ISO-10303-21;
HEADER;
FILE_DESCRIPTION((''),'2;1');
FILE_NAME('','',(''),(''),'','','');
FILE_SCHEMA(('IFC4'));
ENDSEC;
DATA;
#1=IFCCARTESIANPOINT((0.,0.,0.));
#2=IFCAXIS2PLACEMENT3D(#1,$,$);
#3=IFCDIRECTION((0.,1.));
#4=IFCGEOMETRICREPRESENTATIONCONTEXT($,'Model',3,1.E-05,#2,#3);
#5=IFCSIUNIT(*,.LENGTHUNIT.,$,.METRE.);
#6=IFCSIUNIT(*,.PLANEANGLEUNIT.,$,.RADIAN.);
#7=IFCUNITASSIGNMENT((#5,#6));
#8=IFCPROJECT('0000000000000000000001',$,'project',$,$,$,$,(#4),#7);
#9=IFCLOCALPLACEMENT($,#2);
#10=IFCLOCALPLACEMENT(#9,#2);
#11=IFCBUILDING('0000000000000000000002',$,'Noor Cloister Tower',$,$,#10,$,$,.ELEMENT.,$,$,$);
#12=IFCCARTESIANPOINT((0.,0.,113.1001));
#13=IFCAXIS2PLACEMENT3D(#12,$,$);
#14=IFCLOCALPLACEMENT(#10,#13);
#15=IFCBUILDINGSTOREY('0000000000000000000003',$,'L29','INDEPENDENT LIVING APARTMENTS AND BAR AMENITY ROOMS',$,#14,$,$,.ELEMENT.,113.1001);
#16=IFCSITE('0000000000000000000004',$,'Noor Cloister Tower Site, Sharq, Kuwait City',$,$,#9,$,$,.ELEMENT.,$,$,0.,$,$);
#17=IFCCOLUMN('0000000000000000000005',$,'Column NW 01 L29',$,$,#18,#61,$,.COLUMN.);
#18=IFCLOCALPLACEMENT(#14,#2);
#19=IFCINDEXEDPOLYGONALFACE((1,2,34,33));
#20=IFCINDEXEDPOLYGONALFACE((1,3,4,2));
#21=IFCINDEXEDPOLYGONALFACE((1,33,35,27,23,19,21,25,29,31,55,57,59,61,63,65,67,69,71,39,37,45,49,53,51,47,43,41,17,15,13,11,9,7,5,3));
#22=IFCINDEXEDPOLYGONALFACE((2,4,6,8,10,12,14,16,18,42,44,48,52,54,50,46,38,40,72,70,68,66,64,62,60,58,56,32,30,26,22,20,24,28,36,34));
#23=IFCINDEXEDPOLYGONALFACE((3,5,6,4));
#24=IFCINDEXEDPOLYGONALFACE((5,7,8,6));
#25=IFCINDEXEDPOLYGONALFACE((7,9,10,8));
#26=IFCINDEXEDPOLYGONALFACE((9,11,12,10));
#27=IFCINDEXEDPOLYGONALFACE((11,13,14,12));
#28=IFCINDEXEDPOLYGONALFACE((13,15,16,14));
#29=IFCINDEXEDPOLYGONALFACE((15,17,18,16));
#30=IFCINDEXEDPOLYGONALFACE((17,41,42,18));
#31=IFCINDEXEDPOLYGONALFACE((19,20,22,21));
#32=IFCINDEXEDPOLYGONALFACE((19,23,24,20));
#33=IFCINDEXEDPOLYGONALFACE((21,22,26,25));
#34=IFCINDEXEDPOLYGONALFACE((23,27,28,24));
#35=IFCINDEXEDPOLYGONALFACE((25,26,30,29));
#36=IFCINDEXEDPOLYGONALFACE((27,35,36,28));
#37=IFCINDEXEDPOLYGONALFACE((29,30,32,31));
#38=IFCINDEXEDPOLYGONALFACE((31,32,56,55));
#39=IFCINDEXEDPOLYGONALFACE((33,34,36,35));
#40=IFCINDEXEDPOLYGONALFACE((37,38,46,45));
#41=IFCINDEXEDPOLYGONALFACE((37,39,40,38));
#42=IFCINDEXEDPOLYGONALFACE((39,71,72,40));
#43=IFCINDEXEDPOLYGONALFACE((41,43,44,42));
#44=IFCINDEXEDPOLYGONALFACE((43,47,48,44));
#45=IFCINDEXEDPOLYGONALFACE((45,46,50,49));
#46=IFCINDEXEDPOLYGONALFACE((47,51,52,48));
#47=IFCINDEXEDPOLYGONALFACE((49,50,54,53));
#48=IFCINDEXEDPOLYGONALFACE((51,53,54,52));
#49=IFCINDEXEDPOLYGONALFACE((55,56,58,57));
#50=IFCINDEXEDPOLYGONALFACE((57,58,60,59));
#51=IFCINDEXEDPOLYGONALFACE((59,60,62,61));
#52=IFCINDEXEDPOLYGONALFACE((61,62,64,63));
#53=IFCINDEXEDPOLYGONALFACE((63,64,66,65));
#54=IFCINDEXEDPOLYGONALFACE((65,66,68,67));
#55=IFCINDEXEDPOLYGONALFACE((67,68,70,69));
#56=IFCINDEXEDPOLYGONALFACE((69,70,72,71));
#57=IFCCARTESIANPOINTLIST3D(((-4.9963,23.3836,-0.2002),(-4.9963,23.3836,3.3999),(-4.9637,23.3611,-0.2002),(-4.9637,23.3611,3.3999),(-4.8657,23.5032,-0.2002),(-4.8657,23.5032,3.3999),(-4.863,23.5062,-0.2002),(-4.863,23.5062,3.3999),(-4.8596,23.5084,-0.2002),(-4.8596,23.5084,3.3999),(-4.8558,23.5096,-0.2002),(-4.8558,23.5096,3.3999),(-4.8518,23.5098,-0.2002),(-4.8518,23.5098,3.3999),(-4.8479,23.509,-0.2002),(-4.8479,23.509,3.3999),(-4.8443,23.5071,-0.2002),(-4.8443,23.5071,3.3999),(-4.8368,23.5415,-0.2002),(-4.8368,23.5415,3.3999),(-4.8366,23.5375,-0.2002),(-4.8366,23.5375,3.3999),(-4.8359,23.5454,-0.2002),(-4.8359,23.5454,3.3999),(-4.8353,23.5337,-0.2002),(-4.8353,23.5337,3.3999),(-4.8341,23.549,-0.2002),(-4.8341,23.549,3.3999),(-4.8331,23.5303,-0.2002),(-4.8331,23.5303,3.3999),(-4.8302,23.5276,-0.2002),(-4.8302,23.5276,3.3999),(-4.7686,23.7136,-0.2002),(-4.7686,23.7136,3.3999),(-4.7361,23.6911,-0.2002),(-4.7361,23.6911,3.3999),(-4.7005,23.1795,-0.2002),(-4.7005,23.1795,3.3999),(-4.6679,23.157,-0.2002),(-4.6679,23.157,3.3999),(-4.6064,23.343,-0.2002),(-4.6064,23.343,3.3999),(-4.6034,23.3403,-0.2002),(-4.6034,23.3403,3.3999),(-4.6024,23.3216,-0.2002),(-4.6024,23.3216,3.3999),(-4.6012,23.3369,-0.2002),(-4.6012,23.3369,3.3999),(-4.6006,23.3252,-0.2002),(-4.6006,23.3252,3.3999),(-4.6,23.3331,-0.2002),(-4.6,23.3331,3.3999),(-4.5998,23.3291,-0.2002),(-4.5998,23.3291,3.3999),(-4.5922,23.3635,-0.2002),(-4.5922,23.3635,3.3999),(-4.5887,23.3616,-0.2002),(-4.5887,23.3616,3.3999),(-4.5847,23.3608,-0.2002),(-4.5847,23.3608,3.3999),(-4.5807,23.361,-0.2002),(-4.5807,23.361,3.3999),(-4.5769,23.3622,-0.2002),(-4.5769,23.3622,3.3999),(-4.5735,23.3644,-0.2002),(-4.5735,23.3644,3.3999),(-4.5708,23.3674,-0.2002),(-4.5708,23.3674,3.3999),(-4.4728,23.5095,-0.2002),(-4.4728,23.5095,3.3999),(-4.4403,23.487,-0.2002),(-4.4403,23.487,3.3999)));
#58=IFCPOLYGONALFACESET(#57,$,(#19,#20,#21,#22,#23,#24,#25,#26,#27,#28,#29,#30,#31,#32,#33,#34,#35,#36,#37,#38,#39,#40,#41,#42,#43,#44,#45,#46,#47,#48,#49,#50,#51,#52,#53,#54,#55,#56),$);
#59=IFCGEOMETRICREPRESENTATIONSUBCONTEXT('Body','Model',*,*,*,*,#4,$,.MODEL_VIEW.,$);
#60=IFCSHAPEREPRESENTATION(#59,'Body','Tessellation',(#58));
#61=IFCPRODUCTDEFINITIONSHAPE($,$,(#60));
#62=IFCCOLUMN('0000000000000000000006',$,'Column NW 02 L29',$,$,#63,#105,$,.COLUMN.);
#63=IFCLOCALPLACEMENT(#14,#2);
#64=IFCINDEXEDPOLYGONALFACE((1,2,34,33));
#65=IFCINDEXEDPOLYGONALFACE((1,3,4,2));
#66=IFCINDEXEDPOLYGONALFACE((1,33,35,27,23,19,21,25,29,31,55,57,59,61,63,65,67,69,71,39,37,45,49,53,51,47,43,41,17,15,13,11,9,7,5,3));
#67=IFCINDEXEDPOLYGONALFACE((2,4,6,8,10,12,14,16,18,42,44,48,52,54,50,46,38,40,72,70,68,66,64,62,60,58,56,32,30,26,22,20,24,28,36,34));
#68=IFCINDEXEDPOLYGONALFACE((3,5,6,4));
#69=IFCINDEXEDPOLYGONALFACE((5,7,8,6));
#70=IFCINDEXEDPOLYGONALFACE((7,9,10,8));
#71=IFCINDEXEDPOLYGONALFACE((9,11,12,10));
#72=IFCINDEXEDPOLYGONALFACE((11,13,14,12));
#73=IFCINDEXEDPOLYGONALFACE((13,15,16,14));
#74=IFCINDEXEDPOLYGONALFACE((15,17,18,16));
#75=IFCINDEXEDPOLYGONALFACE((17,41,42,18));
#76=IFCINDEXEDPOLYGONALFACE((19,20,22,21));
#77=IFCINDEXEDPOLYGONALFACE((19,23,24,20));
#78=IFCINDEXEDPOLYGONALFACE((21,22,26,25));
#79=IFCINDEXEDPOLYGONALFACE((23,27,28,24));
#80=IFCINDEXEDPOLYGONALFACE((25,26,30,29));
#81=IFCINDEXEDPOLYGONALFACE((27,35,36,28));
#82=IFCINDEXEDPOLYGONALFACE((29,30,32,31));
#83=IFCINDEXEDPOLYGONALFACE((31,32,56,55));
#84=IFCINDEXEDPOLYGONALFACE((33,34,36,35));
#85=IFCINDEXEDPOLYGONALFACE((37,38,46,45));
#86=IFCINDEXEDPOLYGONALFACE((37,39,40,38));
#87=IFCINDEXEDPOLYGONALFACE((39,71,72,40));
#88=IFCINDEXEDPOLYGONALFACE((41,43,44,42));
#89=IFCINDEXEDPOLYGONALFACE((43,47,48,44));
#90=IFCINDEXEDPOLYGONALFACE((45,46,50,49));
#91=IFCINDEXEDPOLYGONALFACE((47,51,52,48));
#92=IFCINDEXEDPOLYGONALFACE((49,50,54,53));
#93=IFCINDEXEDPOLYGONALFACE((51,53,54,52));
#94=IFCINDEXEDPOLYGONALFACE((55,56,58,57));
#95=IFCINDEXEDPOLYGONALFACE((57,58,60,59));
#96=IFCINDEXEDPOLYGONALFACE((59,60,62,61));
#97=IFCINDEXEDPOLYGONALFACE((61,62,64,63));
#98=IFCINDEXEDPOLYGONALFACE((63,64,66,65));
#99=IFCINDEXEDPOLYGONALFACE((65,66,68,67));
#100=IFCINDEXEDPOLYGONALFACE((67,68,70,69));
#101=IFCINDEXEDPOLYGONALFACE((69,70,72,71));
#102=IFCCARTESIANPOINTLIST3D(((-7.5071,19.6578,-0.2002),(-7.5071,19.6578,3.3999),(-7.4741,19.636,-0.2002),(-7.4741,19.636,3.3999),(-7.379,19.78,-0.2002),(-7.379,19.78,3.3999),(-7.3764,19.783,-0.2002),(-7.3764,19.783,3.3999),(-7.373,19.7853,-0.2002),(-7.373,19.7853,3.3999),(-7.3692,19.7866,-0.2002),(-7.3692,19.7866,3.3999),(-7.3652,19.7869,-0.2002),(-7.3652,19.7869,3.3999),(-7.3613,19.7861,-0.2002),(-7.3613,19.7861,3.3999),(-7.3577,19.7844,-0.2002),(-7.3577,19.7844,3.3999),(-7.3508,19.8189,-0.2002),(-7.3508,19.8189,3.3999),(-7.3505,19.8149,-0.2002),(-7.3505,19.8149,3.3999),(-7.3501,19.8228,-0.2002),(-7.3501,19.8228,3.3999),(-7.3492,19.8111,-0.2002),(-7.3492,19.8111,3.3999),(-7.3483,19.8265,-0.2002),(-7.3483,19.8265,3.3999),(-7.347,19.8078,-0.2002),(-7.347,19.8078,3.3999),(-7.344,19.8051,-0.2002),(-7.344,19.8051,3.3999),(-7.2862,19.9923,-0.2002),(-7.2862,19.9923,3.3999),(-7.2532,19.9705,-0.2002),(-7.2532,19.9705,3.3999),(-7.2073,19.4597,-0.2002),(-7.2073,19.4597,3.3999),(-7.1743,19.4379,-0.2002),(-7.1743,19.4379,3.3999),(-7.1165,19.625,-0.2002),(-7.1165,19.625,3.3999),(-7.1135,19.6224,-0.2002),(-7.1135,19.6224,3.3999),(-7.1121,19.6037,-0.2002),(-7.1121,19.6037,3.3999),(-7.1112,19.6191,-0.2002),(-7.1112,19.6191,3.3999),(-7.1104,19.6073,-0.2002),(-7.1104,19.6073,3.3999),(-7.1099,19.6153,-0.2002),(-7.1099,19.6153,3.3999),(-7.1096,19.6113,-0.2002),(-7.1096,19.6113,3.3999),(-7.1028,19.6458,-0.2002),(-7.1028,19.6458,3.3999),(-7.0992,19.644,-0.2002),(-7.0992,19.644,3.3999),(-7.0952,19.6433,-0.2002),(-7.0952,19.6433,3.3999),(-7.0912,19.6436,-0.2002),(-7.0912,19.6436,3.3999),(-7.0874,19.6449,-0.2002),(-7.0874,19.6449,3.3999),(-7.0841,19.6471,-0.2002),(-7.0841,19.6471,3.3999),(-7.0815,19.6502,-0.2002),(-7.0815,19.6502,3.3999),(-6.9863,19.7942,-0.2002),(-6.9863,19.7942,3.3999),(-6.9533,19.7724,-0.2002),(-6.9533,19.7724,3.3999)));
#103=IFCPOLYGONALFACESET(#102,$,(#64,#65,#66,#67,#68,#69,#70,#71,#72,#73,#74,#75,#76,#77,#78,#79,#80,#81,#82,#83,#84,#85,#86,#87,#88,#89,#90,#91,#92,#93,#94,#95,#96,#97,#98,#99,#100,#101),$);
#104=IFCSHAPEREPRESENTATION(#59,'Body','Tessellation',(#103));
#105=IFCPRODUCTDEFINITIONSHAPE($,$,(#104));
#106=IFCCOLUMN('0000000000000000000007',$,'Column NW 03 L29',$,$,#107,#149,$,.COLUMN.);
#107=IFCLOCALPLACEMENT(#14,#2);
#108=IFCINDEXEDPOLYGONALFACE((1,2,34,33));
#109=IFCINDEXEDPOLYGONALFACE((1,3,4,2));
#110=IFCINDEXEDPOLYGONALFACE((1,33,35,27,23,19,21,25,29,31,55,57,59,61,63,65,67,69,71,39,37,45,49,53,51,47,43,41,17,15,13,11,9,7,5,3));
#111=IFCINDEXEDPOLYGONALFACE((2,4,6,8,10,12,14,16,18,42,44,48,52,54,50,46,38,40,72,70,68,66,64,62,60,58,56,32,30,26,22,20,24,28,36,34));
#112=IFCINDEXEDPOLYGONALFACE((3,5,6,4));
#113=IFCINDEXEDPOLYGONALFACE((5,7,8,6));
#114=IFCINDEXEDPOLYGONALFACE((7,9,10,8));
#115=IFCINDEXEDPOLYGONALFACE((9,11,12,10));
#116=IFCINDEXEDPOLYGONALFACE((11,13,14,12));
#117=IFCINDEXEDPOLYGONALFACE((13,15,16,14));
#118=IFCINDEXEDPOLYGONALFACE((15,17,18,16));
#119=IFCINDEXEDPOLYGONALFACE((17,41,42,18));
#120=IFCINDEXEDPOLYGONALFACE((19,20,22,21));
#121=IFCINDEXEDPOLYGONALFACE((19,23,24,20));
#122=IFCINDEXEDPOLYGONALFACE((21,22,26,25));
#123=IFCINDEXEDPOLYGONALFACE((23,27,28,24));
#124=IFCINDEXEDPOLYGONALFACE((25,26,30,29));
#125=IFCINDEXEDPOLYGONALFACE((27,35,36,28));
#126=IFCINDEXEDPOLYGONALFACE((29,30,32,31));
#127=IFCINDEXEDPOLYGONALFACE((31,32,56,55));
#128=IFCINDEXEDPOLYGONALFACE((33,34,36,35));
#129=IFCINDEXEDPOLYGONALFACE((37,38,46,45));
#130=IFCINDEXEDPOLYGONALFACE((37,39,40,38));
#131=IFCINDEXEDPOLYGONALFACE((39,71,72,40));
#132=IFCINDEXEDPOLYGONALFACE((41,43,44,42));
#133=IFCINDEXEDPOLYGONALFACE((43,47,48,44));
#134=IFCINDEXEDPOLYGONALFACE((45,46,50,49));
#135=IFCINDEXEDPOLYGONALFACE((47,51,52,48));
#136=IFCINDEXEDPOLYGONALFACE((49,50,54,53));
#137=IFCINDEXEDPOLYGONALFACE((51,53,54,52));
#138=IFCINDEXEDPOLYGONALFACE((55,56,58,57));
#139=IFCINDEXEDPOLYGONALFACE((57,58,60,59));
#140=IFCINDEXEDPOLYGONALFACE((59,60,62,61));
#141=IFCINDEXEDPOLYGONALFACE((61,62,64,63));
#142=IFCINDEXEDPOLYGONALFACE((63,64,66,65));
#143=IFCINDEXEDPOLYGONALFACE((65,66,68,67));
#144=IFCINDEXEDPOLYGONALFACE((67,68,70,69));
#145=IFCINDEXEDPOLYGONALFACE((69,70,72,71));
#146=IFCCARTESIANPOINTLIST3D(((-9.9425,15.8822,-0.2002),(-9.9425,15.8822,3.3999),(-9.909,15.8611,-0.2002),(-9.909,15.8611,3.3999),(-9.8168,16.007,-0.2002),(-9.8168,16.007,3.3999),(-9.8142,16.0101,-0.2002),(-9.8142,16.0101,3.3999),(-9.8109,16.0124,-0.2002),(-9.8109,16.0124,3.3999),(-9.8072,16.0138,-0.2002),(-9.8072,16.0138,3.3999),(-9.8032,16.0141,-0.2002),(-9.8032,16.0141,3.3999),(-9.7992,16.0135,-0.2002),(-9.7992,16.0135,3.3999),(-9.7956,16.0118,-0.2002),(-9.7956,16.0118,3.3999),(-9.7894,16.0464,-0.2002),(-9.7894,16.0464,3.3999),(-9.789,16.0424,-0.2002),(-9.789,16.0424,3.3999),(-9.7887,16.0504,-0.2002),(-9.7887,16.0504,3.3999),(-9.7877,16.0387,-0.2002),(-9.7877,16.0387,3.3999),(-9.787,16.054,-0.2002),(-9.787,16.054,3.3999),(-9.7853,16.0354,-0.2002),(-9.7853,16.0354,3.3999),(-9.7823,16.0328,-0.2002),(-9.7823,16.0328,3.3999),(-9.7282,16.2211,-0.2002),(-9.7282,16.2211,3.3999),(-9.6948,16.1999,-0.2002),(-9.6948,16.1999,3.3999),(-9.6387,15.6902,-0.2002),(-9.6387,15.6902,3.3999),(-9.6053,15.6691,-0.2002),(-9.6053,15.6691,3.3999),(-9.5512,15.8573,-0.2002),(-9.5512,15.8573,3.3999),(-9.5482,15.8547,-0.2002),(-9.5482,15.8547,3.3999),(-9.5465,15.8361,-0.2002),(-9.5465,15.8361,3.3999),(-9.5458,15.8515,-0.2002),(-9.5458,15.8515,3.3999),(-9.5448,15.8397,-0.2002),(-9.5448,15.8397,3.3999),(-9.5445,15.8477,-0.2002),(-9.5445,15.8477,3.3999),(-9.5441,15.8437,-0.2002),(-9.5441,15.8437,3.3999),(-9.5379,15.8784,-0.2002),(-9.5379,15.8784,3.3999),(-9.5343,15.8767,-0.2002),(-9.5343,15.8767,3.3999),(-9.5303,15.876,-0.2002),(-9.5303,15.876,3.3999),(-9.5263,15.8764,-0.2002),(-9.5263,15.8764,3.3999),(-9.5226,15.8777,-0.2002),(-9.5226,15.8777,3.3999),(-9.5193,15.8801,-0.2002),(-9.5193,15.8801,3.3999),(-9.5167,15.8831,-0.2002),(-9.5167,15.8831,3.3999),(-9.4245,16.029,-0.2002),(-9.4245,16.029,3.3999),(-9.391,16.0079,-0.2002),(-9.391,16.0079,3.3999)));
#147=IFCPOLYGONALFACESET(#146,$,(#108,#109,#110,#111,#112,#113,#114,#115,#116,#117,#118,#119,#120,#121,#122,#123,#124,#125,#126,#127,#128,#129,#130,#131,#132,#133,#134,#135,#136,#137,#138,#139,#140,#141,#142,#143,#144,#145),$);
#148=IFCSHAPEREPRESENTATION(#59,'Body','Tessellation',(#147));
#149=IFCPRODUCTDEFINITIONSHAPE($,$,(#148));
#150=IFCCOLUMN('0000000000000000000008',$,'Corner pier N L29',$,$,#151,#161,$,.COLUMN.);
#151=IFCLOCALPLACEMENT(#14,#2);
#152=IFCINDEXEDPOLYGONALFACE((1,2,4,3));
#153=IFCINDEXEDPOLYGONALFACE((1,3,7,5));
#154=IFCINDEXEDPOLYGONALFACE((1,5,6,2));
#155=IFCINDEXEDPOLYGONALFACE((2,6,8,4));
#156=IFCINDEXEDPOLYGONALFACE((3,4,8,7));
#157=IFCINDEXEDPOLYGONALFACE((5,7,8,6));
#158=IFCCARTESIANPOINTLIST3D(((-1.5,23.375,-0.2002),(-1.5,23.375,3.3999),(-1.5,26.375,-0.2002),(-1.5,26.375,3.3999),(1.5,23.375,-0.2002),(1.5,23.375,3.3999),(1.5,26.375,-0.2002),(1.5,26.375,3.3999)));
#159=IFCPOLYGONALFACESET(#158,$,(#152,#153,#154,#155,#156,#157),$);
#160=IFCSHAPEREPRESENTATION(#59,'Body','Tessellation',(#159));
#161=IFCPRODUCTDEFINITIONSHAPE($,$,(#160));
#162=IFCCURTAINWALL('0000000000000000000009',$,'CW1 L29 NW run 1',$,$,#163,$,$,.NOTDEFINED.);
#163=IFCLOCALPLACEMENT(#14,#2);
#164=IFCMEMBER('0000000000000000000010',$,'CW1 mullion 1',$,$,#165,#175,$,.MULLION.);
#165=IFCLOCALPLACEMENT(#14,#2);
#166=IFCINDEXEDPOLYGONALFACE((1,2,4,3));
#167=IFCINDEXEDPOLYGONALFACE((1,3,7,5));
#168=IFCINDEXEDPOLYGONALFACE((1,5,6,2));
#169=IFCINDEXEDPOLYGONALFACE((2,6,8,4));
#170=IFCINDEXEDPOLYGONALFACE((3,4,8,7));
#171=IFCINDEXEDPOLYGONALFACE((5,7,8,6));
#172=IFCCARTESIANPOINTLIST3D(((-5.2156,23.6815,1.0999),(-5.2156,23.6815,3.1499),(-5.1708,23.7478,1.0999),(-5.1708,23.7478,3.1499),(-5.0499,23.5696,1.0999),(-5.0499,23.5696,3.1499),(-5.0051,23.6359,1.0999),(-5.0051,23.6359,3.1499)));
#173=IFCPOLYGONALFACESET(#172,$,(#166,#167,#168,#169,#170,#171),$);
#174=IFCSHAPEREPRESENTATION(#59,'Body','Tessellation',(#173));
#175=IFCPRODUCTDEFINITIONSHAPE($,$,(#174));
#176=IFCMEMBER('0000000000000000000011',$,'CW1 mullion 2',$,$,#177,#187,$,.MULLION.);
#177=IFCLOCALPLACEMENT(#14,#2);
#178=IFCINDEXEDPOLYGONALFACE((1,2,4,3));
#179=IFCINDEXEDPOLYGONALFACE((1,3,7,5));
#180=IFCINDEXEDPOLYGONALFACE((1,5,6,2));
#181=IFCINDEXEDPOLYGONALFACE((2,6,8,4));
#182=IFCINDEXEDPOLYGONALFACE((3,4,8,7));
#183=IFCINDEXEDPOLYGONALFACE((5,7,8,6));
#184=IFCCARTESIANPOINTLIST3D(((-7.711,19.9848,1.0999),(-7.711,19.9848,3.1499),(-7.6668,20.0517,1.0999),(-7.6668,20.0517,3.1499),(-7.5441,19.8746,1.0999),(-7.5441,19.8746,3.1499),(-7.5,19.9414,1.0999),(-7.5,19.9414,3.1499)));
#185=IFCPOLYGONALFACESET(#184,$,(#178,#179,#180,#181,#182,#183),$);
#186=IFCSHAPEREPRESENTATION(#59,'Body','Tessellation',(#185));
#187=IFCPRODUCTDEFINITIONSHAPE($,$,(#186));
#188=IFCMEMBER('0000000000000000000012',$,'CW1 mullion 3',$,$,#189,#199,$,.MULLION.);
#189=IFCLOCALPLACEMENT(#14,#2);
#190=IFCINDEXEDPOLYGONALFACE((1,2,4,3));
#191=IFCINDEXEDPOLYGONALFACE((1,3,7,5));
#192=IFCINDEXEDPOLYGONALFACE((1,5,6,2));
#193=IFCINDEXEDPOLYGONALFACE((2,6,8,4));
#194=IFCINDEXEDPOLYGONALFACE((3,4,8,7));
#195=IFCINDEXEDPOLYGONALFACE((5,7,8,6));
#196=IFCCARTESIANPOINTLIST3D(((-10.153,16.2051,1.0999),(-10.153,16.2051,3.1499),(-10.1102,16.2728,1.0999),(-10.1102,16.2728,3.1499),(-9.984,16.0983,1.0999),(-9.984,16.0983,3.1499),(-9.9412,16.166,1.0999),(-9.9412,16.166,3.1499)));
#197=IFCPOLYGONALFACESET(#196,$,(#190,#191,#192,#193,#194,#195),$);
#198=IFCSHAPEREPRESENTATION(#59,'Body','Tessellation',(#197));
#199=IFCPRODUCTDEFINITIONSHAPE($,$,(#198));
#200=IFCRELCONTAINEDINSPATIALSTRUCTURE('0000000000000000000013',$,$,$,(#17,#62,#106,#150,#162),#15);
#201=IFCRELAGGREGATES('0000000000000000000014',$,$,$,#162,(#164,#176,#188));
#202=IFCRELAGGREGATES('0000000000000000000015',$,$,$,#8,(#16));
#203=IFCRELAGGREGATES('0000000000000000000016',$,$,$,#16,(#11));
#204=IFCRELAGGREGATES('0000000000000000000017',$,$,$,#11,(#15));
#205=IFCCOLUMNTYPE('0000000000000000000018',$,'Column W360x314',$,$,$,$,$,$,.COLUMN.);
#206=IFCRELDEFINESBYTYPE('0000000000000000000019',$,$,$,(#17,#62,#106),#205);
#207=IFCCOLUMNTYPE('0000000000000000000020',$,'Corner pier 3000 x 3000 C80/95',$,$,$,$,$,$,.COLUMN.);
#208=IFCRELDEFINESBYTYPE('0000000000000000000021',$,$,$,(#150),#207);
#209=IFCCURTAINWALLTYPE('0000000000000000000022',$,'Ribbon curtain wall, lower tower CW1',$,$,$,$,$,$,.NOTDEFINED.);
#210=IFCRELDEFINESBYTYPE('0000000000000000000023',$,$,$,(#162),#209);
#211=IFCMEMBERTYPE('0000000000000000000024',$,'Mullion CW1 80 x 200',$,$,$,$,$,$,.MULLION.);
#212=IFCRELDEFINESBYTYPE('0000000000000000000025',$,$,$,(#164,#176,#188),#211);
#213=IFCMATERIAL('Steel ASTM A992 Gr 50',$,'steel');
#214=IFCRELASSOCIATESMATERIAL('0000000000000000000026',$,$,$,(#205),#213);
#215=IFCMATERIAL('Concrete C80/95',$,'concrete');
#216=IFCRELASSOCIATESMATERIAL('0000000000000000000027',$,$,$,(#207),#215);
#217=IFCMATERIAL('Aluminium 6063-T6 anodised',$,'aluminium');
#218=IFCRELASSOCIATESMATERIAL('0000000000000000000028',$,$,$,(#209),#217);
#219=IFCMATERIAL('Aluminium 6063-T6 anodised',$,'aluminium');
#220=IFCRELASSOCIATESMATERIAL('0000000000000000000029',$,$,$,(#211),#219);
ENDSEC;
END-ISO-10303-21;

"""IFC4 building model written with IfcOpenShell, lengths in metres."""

from ifc_helpers import new_model, si_unit, direction, frame, origin, origin_2d, place, context, subcontext, project, spatial, rectangle, i_section, extrude, material, material_profile, profile_set, type_object, element, aggregate, save


model = new_model("IFC4")

# Units and contexts
model_context = context("Model", 3, precision=1e-05, world=origin(), true_north=direction((0.0, 1.0)))
body_context = subcontext(model_context, "Body", "Model", "MODEL_VIEW")
ifc_project = project(units=[si_unit("LENGTHUNIT", "METRE"), si_unit("PLANEANGLEUNIT", "RADIAN")], contexts=[model_context])

# Site, building, storey
site_placement = place(None, origin())
site = spatial("IfcSite", under=ifc_project, at=site_placement, Name="Noor Cloister Tower Site, Sharq, Kuwait City", CompositionType="ELEMENT", RefElevation=0.0)
building_placement = place(site_placement, origin())
building = spatial("IfcBuilding", under=site, at=building_placement, Name="Noor Cloister Tower", CompositionType="ELEMENT")
storey_placement = place(building_placement, frame((0.0, 0.0, 113.1001)))
storey = spatial("IfcBuildingStorey", under=building, at=storey_placement, Name="L29", Description="INDEPENDENT LIVING APARTMENTS AND BAR AMENITY ROOMS", CompositionType="ELEMENT", Elevation=113.1001)

# Columns
ifc_material_1 = material(Name="Steel ASTM A992 Gr 50", Category="steel")
ifc_material_profile_1 = material_profile(ifc_material_1, i_section(OverallWidth=0.4009, OverallDepth=0.3989, WebThickness=0.0249, FlangeThickness=0.0396, FilletRadius=0.0154, at=origin_2d()), Name="W360x314")
ifc_profile_set_1 = profile_set([ifc_material_profile_1], Name="Steel ASTM A992 Gr 50")
column_type_1 = type_object("IfcColumnType", Name="Column W360x314", PredefinedType="COLUMN", material=ifc_profile_set_1)
for number, where, z_axis, x_axis, name in (
    (1, (-4.7183, 23.4353, -0.2002), (0.0, 0.0, 1.0), (-0.567868, -0.823119, 0.0), "Column NW 01 L29"),
    (2, (-7.2302, 19.7151, -0.2002), (0.0, 0.0, 1.0), (-0.551228, -0.834355, 0.0), "Column NW 02 L29"),
    (3, (-9.6667, 15.9451, -0.2002), (0.0, 0.0, 1.0), (-0.534365, -0.845254, 0.0), "Column NW 03 L29"),
):
    element("IfcColumn", number, at=place(storey_placement, frame(where, z_axis=z_axis, x_axis=x_axis)), inside=storey, type_object=column_type_1, Name=name, PredefinedType="COLUMN", context=body_context, shape_type="SweptSolid", body=[
        extrude(i_section(OverallWidth=0.4009, OverallDepth=0.3989, WebThickness=0.0249, FlangeThickness=0.0396, FilletRadius=0.0154, at=origin_2d()), origin(), (0.0, 0.0, 1.0), 3.6001),
    ])
ifc_material_2 = material(Name="Concrete C80/95", Category="concrete")
ifc_material_profile_2 = material_profile(ifc_material_2, rectangle(XDim=3.0, YDim=3.0, at=origin_2d()), Name="RC 3000x3000")
ifc_profile_set_2 = profile_set([ifc_material_profile_2], Name="Concrete C80/95")
column_type_2 = type_object("IfcColumnType", Name="Corner pier 3000 x 3000 C80/95", PredefinedType="COLUMN", material=ifc_profile_set_2)
column_placement = place(storey_placement, frame((0.0, 24.875, -0.2002), z_axis=(0.0, 0.0, 1.0), x_axis=(0.0, 1.0, 0.0)))
element("IfcColumn", 4, at=column_placement, inside=storey, type_object=column_type_2, Name="Corner pier N L29", PredefinedType="COLUMN", context=body_context, shape_type="SweptSolid", body=[
    extrude(rectangle(XDim=3.0, YDim=3.0, at=origin_2d()), origin(), (0.0, 0.0, 1.0), 3.6001),
])

# Curtain wall, members
ifc_material_3 = material(Name="Aluminium 6063-T6 anodised", Category="aluminium")
curtain_wall_type = type_object("IfcCurtainWallType", Name="Ribbon curtain wall, lower tower CW1", PredefinedType="NOTDEFINED", material=ifc_material_3)
curtain_wall_placement = place(storey_placement, origin())
curtain_wall = element("IfcCurtainWall", 5, at=curtain_wall_placement, inside=storey, type_object=curtain_wall_type, Name="CW1 L29 NW run 1", PredefinedType="NOTDEFINED")
ifc_material_4 = material(Name="Aluminium 6063-T6 anodised", Category="aluminium")
ifc_material_profile_3 = material_profile(ifc_material_4, rectangle(XDim=0.2, YDim=0.0801, at=origin_2d()), Name="200 x 80 mullion")
ifc_profile_set_3 = profile_set([ifc_material_profile_3], Name="Aluminium 6063-T6 anodised")
member_type = type_object("IfcMemberType", Name="Mullion CW1 80 x 200", PredefinedType="MULLION", material=ifc_profile_set_3)
member_1_placement = place(storey_placement, frame((-5.1104, 23.6587, 1.0999), z_axis=(0.0, 0.0, 1.0), x_axis=(0.828779, -0.559576, 0.0)))
member_1 = element("IfcMember", 6, at=member_1_placement, type_object=member_type, Name="CW1 mullion 1", PredefinedType="MULLION", context=body_context, shape_type="SweptSolid", body=[
    extrude(rectangle(XDim=0.2, YDim=0.0801, at=origin_2d()), origin(), (0.0, 0.0, 1.0), 2.05),
])
member_2_placement = place(storey_placement, frame((-7.6055, 19.9631, 1.0999), z_axis=(0.0, 0.0, 1.0), x_axis=(0.834355, -0.551228, 0.0)))
member_2 = element("IfcMember", 7, at=member_2_placement, type_object=member_type, Name="CW1 mullion 2", PredefinedType="MULLION", context=body_context, shape_type="SweptSolid", body=[
    extrude(rectangle(XDim=0.2, YDim=0.0801, at=origin_2d()), origin(), (0.0, 0.0, 1.0), 2.05),
])
member_3_placement = place(storey_placement, frame((-10.0471, 16.1855, 1.0999), z_axis=(0.0, 0.0, 1.0), x_axis=(0.845254, -0.534365, 0.0)))
member_3 = element("IfcMember", 8, at=member_3_placement, type_object=member_type, Name="CW1 mullion 3", PredefinedType="MULLION", context=body_context, shape_type="SweptSolid", body=[
    extrude(rectangle(XDim=0.2, YDim=0.0801, at=origin_2d()), origin(), (0.0, 0.0, 1.0), 2.05),
])

aggregate(curtain_wall, [member_1, member_2, member_3])

save(model, "model.ifc")
